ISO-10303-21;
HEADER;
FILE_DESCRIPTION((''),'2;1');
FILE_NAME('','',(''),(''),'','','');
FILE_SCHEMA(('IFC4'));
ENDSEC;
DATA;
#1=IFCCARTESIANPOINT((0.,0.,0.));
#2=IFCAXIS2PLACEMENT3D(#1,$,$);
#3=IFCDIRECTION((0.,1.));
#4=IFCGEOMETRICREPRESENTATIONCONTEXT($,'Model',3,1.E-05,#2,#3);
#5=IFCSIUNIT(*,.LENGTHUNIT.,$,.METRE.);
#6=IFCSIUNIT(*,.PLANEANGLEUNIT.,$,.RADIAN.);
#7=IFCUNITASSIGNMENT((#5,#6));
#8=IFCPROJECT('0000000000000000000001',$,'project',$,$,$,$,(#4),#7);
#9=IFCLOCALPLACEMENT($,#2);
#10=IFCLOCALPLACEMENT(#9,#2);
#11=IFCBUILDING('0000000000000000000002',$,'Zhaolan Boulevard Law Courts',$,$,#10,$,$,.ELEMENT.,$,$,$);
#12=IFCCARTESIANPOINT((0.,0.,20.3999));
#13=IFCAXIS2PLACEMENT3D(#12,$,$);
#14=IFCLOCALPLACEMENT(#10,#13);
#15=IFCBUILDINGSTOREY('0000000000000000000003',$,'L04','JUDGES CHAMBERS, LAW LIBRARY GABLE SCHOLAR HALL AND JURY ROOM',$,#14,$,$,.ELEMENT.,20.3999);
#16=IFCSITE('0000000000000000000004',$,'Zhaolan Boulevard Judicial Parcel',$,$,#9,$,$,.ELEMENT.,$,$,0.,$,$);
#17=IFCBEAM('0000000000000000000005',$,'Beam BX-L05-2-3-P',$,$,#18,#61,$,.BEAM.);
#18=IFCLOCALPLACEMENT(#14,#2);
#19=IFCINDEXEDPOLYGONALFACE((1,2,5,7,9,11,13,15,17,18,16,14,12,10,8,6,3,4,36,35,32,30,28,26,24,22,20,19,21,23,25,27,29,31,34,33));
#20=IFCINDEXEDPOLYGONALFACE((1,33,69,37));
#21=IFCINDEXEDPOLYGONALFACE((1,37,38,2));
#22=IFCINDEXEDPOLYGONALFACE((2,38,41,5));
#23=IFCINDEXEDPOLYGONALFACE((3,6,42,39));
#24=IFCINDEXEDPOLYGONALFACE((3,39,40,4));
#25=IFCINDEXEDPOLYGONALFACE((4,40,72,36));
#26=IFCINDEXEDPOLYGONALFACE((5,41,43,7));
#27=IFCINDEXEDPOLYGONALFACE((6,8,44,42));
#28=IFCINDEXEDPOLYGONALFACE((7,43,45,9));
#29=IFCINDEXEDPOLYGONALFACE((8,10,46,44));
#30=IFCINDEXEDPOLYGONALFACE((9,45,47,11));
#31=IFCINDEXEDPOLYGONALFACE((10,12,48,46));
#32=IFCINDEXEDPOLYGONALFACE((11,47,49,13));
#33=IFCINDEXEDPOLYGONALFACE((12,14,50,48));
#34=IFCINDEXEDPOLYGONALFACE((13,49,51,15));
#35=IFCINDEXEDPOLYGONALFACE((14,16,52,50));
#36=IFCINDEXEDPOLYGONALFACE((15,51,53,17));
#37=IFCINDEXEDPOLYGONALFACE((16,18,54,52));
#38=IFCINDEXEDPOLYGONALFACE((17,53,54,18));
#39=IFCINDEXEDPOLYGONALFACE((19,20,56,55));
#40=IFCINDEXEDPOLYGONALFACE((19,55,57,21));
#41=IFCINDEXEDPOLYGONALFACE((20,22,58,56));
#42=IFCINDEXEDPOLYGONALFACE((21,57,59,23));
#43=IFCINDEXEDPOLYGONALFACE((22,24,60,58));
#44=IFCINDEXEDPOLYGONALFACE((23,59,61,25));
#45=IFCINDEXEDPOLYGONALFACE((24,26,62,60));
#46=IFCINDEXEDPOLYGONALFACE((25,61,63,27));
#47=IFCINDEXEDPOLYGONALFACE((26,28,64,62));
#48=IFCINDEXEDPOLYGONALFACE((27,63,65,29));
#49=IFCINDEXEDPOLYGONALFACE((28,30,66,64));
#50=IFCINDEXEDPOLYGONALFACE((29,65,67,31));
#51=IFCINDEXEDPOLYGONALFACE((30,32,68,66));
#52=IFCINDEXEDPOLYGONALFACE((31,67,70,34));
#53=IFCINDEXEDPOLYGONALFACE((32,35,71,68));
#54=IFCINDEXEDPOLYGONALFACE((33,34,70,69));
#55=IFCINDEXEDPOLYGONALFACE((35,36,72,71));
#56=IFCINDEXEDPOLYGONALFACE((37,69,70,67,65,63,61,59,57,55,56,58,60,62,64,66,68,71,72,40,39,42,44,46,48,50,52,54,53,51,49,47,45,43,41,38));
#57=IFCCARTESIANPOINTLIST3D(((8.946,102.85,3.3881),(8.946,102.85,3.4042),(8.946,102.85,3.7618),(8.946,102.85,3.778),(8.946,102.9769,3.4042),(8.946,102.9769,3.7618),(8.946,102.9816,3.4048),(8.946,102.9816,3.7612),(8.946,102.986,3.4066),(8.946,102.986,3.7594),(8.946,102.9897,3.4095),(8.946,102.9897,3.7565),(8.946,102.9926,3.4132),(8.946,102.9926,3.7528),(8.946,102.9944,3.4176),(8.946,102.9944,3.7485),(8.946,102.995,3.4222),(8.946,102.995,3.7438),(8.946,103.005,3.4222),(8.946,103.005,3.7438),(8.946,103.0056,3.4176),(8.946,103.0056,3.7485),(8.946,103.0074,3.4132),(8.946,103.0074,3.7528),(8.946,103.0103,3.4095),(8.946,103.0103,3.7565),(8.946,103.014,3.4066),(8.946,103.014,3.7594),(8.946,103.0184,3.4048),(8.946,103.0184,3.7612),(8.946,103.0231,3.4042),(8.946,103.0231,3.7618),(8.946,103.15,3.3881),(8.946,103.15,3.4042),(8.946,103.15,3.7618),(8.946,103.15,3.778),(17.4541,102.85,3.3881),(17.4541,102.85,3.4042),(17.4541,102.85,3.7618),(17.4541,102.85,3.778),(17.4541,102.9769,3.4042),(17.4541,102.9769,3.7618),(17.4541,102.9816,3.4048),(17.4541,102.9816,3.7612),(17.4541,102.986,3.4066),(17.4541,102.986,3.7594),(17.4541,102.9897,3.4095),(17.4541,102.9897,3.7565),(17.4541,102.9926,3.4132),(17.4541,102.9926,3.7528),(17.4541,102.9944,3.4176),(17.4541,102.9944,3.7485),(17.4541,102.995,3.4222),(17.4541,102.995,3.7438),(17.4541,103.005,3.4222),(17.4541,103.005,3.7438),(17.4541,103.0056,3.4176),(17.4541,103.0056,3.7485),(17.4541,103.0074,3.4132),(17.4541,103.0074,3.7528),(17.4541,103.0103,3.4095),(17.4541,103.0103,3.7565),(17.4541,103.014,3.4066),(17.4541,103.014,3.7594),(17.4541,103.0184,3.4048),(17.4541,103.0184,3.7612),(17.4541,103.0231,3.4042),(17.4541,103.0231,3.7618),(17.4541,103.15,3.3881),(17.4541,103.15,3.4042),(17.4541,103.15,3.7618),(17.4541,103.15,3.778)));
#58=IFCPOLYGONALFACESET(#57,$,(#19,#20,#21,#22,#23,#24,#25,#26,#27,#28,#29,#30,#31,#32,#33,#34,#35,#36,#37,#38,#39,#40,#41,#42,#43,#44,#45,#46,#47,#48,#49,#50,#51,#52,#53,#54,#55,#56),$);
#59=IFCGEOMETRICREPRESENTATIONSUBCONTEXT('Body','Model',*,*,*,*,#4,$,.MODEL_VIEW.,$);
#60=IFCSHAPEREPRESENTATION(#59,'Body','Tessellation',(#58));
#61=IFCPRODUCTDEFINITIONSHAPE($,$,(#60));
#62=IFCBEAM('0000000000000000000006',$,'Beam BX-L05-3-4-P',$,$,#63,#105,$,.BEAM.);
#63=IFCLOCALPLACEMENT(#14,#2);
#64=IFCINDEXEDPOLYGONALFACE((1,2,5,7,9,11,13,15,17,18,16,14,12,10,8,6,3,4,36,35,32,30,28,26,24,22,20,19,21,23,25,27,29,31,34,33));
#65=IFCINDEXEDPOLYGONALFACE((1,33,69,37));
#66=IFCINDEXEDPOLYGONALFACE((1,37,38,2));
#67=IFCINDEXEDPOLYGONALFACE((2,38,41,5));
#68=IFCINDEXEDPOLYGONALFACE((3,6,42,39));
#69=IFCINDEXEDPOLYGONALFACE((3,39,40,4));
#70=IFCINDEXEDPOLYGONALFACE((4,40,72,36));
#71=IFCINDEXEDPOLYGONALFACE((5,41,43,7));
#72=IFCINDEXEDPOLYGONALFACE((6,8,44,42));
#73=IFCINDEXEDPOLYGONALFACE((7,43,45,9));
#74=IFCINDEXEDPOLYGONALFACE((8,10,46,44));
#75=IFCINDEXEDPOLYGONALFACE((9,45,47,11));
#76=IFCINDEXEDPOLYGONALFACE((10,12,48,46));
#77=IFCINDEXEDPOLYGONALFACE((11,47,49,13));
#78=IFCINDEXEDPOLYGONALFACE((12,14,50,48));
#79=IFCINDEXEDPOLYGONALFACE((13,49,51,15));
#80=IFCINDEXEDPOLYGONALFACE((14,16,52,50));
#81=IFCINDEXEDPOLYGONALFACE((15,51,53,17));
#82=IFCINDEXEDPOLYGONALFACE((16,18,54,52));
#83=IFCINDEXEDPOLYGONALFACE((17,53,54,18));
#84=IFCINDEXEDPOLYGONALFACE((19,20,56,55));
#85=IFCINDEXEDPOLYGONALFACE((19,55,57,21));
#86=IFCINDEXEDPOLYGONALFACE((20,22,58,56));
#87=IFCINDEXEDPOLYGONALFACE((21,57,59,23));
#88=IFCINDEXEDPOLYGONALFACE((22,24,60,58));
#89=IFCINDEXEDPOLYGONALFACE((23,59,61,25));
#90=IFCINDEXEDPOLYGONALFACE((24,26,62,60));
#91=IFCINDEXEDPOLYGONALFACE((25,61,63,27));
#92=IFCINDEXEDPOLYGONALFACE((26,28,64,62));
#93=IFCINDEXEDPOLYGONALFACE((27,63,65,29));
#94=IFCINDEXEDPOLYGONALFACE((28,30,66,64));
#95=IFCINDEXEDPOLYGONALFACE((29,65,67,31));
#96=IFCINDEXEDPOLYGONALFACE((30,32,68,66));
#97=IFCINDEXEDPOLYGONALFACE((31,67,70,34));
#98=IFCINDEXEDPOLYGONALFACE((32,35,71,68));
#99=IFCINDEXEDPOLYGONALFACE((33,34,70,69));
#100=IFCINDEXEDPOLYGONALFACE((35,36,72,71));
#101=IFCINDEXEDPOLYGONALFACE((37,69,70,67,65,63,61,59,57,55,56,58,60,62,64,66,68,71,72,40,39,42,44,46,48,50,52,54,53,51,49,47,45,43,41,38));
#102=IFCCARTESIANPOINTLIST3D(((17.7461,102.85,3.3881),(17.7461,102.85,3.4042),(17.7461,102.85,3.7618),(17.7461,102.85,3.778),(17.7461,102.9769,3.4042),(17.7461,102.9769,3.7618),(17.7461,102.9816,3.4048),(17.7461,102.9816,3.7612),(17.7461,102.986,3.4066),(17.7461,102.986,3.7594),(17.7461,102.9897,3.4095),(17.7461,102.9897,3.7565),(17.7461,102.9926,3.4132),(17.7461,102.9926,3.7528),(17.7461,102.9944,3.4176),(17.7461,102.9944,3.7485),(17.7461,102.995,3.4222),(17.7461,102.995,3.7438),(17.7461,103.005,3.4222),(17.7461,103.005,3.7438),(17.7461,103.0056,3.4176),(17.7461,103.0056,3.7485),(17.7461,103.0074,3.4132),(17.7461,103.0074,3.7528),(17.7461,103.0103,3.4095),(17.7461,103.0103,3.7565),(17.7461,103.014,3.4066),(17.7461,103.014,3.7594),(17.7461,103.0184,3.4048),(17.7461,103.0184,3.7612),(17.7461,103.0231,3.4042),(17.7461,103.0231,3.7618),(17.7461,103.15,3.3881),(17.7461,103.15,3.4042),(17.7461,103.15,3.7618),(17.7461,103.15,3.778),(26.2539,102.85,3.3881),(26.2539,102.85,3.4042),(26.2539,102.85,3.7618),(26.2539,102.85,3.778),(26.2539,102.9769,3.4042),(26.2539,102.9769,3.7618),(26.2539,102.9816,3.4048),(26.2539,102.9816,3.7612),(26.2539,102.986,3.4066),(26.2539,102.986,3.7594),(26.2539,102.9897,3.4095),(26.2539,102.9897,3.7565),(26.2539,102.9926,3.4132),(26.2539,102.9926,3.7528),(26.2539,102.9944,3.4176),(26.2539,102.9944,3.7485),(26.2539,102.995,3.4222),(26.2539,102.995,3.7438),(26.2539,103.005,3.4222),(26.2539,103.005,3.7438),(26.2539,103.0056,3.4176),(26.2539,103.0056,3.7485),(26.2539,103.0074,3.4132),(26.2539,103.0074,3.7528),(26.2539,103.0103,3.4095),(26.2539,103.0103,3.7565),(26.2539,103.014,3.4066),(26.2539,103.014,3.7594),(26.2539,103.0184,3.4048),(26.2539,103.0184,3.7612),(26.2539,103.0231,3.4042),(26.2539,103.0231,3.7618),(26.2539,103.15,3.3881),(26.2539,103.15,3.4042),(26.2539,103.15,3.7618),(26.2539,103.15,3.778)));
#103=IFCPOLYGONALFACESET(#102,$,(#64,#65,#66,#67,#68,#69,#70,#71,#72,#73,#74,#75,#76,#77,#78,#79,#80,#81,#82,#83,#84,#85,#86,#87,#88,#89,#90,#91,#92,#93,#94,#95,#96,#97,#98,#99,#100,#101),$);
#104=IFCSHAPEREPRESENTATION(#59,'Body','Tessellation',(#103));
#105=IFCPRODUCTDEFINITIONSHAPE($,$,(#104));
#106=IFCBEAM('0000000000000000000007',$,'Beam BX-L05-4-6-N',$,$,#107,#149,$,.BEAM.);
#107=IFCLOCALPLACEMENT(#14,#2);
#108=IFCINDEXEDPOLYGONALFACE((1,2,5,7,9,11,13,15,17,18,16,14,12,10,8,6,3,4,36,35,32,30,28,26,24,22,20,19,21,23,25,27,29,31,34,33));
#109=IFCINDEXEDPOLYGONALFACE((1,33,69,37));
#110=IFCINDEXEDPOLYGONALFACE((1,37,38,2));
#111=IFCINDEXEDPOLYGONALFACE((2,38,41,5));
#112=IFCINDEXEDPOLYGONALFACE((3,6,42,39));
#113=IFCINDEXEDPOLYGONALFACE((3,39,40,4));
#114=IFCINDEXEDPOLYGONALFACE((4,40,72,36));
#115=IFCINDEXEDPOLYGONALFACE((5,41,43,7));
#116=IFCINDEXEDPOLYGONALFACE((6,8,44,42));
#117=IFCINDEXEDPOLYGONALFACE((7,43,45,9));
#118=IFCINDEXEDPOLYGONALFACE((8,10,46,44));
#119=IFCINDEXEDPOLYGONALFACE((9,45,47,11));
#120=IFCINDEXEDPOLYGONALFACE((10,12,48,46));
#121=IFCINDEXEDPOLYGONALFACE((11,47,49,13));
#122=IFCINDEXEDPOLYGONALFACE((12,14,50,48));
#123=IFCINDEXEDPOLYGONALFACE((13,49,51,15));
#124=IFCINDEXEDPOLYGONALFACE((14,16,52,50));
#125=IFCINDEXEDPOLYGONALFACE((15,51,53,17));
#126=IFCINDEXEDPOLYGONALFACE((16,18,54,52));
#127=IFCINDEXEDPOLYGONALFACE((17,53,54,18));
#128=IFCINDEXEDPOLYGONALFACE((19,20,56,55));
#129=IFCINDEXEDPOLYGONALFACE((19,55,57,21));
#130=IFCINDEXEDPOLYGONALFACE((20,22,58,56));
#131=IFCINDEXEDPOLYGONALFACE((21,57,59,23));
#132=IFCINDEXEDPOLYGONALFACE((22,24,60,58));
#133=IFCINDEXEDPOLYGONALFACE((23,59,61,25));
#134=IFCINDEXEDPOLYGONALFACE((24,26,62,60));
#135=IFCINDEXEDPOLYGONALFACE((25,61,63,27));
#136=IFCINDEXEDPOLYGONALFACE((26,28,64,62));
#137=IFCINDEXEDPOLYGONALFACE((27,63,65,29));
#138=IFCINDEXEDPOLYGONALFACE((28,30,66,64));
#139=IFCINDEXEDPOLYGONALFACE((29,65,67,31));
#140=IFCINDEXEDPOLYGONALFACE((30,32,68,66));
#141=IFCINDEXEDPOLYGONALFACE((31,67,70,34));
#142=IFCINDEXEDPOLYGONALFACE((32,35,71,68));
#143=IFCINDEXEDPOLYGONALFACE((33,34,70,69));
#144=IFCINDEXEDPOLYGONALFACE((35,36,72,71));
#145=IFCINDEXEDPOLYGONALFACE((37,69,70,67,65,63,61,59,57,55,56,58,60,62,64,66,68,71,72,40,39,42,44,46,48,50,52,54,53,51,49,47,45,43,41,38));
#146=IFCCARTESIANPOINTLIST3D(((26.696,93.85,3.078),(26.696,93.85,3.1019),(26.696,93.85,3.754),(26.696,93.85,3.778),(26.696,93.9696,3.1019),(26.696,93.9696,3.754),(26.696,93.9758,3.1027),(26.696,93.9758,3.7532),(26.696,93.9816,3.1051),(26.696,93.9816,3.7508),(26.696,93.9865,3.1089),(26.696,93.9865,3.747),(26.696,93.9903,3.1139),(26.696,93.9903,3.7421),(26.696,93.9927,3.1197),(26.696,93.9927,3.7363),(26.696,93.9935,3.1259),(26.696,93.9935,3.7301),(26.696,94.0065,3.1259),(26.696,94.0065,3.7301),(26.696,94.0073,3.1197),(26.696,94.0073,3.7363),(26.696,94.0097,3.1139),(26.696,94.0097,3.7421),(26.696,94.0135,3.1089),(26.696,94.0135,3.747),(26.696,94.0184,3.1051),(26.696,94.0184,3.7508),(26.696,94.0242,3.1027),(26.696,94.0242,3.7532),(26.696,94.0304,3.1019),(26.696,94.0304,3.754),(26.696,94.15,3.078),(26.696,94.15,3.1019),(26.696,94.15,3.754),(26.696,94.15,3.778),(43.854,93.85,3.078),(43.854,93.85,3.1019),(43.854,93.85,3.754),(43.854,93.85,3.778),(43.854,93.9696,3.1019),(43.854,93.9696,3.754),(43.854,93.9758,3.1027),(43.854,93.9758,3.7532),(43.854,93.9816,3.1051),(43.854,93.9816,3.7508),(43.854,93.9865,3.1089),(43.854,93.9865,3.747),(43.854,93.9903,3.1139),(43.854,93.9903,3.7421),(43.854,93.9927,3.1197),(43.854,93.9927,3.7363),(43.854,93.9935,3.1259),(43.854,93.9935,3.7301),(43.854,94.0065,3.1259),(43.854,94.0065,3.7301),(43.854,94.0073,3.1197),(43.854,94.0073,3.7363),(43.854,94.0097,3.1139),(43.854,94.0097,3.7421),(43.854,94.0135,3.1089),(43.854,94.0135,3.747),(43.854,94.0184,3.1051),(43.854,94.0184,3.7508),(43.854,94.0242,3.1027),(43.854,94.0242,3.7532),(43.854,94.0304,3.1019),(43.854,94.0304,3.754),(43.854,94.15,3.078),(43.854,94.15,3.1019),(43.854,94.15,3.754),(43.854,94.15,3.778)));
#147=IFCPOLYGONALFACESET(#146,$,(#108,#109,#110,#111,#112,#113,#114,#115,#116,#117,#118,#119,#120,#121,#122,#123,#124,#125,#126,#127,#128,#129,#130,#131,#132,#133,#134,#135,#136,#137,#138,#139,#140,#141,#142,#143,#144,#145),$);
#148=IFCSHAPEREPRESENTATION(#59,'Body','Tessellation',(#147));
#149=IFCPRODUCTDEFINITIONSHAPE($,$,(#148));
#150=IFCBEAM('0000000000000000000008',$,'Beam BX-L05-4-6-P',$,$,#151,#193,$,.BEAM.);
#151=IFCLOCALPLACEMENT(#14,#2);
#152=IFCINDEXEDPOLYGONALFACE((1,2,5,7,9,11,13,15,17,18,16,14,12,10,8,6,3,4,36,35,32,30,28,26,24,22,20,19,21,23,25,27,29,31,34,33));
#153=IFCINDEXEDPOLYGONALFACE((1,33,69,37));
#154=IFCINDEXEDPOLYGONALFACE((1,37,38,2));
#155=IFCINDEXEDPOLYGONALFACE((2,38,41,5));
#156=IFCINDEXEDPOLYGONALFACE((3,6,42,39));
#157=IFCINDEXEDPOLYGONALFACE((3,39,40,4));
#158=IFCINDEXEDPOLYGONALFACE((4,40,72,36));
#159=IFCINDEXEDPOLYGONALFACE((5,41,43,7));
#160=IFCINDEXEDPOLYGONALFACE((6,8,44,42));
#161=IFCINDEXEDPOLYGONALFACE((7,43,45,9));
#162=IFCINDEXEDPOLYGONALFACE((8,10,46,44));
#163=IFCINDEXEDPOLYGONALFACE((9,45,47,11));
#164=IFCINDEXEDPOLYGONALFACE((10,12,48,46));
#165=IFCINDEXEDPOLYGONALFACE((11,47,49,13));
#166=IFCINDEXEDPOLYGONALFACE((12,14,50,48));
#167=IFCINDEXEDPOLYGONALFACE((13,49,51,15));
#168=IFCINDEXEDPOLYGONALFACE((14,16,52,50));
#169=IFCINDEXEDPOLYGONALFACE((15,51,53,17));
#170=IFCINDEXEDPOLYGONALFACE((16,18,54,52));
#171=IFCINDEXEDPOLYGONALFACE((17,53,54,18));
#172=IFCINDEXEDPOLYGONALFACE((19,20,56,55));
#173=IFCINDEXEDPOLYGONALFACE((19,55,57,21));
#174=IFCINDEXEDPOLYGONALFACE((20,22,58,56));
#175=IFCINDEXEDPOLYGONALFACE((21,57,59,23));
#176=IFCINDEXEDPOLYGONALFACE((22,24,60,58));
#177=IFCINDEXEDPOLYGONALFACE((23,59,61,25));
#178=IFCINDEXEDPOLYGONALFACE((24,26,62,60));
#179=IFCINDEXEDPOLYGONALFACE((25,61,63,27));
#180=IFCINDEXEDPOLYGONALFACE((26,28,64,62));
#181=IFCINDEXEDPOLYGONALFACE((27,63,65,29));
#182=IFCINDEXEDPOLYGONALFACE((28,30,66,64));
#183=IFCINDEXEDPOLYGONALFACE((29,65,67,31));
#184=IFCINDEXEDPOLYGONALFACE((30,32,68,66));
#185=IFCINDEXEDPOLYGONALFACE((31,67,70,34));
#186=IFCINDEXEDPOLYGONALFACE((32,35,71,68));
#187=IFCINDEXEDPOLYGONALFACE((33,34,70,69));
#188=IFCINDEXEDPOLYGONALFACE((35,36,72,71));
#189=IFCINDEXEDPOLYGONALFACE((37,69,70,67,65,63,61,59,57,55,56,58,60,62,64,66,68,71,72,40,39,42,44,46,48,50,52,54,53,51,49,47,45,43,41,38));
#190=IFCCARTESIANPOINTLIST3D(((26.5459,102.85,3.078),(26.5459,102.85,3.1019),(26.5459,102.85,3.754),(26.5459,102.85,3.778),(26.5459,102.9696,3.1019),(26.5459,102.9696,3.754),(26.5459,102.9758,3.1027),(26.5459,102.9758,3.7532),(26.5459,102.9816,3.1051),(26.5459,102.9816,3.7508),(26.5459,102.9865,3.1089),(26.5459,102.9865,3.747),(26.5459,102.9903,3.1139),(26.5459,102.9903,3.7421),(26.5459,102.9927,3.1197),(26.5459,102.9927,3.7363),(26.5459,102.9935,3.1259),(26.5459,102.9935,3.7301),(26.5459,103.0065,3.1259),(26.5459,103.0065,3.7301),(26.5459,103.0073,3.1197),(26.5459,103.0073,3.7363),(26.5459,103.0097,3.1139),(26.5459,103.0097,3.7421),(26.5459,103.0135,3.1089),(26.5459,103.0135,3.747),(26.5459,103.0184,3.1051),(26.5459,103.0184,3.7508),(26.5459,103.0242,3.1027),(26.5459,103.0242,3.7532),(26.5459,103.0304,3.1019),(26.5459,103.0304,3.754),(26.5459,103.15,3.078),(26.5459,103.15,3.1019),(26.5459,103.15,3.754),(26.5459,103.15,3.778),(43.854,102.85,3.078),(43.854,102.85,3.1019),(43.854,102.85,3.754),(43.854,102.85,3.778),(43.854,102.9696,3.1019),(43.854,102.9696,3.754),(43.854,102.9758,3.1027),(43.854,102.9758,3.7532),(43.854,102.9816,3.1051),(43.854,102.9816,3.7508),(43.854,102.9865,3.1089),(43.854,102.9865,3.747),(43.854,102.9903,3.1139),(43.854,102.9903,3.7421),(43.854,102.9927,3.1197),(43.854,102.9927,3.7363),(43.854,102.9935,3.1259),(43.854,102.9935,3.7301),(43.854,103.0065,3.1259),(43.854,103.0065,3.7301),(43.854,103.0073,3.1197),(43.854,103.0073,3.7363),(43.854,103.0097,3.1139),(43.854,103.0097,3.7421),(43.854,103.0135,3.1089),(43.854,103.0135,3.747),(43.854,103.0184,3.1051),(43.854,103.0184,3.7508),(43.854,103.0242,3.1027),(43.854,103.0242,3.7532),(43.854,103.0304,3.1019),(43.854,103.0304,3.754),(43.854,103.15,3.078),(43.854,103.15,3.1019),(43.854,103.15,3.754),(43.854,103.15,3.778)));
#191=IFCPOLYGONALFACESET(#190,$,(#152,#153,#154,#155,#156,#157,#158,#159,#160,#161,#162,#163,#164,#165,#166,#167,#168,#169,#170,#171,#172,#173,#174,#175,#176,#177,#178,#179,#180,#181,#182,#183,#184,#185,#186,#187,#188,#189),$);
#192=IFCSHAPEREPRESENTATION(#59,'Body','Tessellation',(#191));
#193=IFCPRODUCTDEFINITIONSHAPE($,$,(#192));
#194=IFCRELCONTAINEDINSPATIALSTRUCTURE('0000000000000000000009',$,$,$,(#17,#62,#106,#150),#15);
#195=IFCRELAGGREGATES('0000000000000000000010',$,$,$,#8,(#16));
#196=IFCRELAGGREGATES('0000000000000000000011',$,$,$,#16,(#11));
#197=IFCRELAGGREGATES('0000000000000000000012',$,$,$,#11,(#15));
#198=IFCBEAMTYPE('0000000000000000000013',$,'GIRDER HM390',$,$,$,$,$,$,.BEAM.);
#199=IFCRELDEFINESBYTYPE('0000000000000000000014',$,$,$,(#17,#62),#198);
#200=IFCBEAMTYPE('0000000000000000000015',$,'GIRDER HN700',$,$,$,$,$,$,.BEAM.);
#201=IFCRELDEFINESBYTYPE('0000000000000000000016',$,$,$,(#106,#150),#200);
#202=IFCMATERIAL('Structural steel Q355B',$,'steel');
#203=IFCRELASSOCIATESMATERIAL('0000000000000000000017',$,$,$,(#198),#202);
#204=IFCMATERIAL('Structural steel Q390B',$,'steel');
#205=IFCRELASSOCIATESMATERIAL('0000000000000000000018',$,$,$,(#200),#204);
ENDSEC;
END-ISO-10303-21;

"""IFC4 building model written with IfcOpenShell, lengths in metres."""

from ifc_helpers import new_model, si_unit, direction, frame, origin, origin_2d, place, context, subcontext, project, spatial, i_section, extrude, material, material_profile, profile_set, type_object, element, save


model = new_model("IFC4")

# Units and contexts
model_context = context("Model", 3, precision=1e-05, world=origin(), true_north=direction((0.0, 1.0)))
body_context = subcontext(model_context, "Body", "Model", "MODEL_VIEW")
ifc_project = project(units=[si_unit("LENGTHUNIT", "METRE"), si_unit("PLANEANGLEUNIT", "RADIAN")], contexts=[model_context])

# Site, building, storey
site_placement = place(None, origin())
site = spatial("IfcSite", under=ifc_project, at=site_placement, Name="Zhaolan Boulevard Judicial Parcel", CompositionType="ELEMENT", RefElevation=0.0)
building_placement = place(site_placement, origin())
building = spatial("IfcBuilding", under=site, at=building_placement, Name="Zhaolan Boulevard Law Courts", CompositionType="ELEMENT")
storey_placement = place(building_placement, frame((0.0, 0.0, 20.3999)))
storey = spatial("IfcBuildingStorey", under=building, at=storey_placement, Name="L04", Description="JUDGES CHAMBERS, LAW LIBRARY GABLE SCHOLAR HALL AND JURY ROOM", CompositionType="ELEMENT", Elevation=20.3999)

# Beams
ifc_material_1 = material(Name="Structural steel Q355B", Category="steel")
ifc_material_profile_1 = material_profile(ifc_material_1, i_section(OverallWidth=0.3, OverallDepth=0.3899, WebThickness=0.01, FlangeThickness=0.0161, FilletRadius=0.0181, at=origin_2d()), Name="HM390x300")
ifc_profile_set_1 = profile_set([ifc_material_profile_1], Name="Structural steel Q355B")
beam_type_1 = type_object("IfcBeamType", Name="GIRDER HM390", PredefinedType="BEAM", material=ifc_profile_set_1)
beam_1_placement = place(storey_placement, frame((8.946, 103.0, 3.583), z_axis=(1.0, 0.0, 0.0), x_axis=(0.0, 1.0, 0.0)))
element("IfcBeam", 1, at=beam_1_placement, inside=storey, type_object=beam_type_1, Name="Beam BX-L05-2-3-P", PredefinedType="BEAM", context=body_context, shape_type="SweptSolid", body=[
    extrude(i_section(OverallWidth=0.3, OverallDepth=0.3899, WebThickness=0.01, FlangeThickness=0.0161, FilletRadius=0.0181, at=origin_2d()), origin(), (0.0, 0.0, 1.0), 8.5081),
])
beam_2_placement = place(storey_placement, frame((17.7461, 103.0, 3.583), z_axis=(1.0, 0.0, 0.0), x_axis=(0.0, 1.0, 0.0)))
element("IfcBeam", 2, at=beam_2_placement, inside=storey, type_object=beam_type_1, Name="Beam BX-L05-3-4-P", PredefinedType="BEAM", context=body_context, shape_type="SweptSolid", body=[
    extrude(i_section(OverallWidth=0.3, OverallDepth=0.3899, WebThickness=0.01, FlangeThickness=0.0161, FilletRadius=0.0181, at=origin_2d()), origin(), (0.0, 0.0, 1.0), 8.5078),
])
ifc_material_2 = material(Name="Structural steel Q390B", Category="steel")
ifc_material_profile_2 = material_profile(ifc_material_2, i_section(OverallWidth=0.3, OverallDepth=0.7, WebThickness=0.0129, FlangeThickness=0.0239, FilletRadius=0.0239, at=origin_2d()), Name="HN700x300")
ifc_profile_set_2 = profile_set([ifc_material_profile_2], Name="Structural steel Q390B")
beam_type_2 = type_object("IfcBeamType", Name="GIRDER HN700", PredefinedType="BEAM", material=ifc_profile_set_2)
beam_3_placement = place(storey_placement, frame((26.696, 94.0, 3.428), z_axis=(1.0, 0.0, 0.0), x_axis=(0.0, 1.0, 0.0)))
element("IfcBeam", 3, at=beam_3_placement, inside=storey, type_object=beam_type_2, Name="Beam BX-L05-4-6-N", PredefinedType="BEAM", context=body_context, shape_type="SweptSolid", body=[
    extrude(i_section(OverallWidth=0.3, OverallDepth=0.7, WebThickness=0.0129, FlangeThickness=0.0239, FilletRadius=0.0239, at=origin_2d()), origin(), (0.0, 0.0, 1.0), 17.158),
])
beam_4_placement = place(storey_placement, frame((26.5459, 103.0, 3.428), z_axis=(1.0, 0.0, 0.0), x_axis=(0.0, 1.0, 0.0)))
element("IfcBeam", 4, at=beam_4_placement, inside=storey, type_object=beam_type_2, Name="Beam BX-L05-4-6-P", PredefinedType="BEAM", context=body_context, shape_type="SweptSolid", body=[
    extrude(i_section(OverallWidth=0.3, OverallDepth=0.7, WebThickness=0.0129, FlangeThickness=0.0239, FilletRadius=0.0239, at=origin_2d()), origin(), (0.0, 0.0, 1.0), 17.3081),
])

save(model, "model.ifc")
